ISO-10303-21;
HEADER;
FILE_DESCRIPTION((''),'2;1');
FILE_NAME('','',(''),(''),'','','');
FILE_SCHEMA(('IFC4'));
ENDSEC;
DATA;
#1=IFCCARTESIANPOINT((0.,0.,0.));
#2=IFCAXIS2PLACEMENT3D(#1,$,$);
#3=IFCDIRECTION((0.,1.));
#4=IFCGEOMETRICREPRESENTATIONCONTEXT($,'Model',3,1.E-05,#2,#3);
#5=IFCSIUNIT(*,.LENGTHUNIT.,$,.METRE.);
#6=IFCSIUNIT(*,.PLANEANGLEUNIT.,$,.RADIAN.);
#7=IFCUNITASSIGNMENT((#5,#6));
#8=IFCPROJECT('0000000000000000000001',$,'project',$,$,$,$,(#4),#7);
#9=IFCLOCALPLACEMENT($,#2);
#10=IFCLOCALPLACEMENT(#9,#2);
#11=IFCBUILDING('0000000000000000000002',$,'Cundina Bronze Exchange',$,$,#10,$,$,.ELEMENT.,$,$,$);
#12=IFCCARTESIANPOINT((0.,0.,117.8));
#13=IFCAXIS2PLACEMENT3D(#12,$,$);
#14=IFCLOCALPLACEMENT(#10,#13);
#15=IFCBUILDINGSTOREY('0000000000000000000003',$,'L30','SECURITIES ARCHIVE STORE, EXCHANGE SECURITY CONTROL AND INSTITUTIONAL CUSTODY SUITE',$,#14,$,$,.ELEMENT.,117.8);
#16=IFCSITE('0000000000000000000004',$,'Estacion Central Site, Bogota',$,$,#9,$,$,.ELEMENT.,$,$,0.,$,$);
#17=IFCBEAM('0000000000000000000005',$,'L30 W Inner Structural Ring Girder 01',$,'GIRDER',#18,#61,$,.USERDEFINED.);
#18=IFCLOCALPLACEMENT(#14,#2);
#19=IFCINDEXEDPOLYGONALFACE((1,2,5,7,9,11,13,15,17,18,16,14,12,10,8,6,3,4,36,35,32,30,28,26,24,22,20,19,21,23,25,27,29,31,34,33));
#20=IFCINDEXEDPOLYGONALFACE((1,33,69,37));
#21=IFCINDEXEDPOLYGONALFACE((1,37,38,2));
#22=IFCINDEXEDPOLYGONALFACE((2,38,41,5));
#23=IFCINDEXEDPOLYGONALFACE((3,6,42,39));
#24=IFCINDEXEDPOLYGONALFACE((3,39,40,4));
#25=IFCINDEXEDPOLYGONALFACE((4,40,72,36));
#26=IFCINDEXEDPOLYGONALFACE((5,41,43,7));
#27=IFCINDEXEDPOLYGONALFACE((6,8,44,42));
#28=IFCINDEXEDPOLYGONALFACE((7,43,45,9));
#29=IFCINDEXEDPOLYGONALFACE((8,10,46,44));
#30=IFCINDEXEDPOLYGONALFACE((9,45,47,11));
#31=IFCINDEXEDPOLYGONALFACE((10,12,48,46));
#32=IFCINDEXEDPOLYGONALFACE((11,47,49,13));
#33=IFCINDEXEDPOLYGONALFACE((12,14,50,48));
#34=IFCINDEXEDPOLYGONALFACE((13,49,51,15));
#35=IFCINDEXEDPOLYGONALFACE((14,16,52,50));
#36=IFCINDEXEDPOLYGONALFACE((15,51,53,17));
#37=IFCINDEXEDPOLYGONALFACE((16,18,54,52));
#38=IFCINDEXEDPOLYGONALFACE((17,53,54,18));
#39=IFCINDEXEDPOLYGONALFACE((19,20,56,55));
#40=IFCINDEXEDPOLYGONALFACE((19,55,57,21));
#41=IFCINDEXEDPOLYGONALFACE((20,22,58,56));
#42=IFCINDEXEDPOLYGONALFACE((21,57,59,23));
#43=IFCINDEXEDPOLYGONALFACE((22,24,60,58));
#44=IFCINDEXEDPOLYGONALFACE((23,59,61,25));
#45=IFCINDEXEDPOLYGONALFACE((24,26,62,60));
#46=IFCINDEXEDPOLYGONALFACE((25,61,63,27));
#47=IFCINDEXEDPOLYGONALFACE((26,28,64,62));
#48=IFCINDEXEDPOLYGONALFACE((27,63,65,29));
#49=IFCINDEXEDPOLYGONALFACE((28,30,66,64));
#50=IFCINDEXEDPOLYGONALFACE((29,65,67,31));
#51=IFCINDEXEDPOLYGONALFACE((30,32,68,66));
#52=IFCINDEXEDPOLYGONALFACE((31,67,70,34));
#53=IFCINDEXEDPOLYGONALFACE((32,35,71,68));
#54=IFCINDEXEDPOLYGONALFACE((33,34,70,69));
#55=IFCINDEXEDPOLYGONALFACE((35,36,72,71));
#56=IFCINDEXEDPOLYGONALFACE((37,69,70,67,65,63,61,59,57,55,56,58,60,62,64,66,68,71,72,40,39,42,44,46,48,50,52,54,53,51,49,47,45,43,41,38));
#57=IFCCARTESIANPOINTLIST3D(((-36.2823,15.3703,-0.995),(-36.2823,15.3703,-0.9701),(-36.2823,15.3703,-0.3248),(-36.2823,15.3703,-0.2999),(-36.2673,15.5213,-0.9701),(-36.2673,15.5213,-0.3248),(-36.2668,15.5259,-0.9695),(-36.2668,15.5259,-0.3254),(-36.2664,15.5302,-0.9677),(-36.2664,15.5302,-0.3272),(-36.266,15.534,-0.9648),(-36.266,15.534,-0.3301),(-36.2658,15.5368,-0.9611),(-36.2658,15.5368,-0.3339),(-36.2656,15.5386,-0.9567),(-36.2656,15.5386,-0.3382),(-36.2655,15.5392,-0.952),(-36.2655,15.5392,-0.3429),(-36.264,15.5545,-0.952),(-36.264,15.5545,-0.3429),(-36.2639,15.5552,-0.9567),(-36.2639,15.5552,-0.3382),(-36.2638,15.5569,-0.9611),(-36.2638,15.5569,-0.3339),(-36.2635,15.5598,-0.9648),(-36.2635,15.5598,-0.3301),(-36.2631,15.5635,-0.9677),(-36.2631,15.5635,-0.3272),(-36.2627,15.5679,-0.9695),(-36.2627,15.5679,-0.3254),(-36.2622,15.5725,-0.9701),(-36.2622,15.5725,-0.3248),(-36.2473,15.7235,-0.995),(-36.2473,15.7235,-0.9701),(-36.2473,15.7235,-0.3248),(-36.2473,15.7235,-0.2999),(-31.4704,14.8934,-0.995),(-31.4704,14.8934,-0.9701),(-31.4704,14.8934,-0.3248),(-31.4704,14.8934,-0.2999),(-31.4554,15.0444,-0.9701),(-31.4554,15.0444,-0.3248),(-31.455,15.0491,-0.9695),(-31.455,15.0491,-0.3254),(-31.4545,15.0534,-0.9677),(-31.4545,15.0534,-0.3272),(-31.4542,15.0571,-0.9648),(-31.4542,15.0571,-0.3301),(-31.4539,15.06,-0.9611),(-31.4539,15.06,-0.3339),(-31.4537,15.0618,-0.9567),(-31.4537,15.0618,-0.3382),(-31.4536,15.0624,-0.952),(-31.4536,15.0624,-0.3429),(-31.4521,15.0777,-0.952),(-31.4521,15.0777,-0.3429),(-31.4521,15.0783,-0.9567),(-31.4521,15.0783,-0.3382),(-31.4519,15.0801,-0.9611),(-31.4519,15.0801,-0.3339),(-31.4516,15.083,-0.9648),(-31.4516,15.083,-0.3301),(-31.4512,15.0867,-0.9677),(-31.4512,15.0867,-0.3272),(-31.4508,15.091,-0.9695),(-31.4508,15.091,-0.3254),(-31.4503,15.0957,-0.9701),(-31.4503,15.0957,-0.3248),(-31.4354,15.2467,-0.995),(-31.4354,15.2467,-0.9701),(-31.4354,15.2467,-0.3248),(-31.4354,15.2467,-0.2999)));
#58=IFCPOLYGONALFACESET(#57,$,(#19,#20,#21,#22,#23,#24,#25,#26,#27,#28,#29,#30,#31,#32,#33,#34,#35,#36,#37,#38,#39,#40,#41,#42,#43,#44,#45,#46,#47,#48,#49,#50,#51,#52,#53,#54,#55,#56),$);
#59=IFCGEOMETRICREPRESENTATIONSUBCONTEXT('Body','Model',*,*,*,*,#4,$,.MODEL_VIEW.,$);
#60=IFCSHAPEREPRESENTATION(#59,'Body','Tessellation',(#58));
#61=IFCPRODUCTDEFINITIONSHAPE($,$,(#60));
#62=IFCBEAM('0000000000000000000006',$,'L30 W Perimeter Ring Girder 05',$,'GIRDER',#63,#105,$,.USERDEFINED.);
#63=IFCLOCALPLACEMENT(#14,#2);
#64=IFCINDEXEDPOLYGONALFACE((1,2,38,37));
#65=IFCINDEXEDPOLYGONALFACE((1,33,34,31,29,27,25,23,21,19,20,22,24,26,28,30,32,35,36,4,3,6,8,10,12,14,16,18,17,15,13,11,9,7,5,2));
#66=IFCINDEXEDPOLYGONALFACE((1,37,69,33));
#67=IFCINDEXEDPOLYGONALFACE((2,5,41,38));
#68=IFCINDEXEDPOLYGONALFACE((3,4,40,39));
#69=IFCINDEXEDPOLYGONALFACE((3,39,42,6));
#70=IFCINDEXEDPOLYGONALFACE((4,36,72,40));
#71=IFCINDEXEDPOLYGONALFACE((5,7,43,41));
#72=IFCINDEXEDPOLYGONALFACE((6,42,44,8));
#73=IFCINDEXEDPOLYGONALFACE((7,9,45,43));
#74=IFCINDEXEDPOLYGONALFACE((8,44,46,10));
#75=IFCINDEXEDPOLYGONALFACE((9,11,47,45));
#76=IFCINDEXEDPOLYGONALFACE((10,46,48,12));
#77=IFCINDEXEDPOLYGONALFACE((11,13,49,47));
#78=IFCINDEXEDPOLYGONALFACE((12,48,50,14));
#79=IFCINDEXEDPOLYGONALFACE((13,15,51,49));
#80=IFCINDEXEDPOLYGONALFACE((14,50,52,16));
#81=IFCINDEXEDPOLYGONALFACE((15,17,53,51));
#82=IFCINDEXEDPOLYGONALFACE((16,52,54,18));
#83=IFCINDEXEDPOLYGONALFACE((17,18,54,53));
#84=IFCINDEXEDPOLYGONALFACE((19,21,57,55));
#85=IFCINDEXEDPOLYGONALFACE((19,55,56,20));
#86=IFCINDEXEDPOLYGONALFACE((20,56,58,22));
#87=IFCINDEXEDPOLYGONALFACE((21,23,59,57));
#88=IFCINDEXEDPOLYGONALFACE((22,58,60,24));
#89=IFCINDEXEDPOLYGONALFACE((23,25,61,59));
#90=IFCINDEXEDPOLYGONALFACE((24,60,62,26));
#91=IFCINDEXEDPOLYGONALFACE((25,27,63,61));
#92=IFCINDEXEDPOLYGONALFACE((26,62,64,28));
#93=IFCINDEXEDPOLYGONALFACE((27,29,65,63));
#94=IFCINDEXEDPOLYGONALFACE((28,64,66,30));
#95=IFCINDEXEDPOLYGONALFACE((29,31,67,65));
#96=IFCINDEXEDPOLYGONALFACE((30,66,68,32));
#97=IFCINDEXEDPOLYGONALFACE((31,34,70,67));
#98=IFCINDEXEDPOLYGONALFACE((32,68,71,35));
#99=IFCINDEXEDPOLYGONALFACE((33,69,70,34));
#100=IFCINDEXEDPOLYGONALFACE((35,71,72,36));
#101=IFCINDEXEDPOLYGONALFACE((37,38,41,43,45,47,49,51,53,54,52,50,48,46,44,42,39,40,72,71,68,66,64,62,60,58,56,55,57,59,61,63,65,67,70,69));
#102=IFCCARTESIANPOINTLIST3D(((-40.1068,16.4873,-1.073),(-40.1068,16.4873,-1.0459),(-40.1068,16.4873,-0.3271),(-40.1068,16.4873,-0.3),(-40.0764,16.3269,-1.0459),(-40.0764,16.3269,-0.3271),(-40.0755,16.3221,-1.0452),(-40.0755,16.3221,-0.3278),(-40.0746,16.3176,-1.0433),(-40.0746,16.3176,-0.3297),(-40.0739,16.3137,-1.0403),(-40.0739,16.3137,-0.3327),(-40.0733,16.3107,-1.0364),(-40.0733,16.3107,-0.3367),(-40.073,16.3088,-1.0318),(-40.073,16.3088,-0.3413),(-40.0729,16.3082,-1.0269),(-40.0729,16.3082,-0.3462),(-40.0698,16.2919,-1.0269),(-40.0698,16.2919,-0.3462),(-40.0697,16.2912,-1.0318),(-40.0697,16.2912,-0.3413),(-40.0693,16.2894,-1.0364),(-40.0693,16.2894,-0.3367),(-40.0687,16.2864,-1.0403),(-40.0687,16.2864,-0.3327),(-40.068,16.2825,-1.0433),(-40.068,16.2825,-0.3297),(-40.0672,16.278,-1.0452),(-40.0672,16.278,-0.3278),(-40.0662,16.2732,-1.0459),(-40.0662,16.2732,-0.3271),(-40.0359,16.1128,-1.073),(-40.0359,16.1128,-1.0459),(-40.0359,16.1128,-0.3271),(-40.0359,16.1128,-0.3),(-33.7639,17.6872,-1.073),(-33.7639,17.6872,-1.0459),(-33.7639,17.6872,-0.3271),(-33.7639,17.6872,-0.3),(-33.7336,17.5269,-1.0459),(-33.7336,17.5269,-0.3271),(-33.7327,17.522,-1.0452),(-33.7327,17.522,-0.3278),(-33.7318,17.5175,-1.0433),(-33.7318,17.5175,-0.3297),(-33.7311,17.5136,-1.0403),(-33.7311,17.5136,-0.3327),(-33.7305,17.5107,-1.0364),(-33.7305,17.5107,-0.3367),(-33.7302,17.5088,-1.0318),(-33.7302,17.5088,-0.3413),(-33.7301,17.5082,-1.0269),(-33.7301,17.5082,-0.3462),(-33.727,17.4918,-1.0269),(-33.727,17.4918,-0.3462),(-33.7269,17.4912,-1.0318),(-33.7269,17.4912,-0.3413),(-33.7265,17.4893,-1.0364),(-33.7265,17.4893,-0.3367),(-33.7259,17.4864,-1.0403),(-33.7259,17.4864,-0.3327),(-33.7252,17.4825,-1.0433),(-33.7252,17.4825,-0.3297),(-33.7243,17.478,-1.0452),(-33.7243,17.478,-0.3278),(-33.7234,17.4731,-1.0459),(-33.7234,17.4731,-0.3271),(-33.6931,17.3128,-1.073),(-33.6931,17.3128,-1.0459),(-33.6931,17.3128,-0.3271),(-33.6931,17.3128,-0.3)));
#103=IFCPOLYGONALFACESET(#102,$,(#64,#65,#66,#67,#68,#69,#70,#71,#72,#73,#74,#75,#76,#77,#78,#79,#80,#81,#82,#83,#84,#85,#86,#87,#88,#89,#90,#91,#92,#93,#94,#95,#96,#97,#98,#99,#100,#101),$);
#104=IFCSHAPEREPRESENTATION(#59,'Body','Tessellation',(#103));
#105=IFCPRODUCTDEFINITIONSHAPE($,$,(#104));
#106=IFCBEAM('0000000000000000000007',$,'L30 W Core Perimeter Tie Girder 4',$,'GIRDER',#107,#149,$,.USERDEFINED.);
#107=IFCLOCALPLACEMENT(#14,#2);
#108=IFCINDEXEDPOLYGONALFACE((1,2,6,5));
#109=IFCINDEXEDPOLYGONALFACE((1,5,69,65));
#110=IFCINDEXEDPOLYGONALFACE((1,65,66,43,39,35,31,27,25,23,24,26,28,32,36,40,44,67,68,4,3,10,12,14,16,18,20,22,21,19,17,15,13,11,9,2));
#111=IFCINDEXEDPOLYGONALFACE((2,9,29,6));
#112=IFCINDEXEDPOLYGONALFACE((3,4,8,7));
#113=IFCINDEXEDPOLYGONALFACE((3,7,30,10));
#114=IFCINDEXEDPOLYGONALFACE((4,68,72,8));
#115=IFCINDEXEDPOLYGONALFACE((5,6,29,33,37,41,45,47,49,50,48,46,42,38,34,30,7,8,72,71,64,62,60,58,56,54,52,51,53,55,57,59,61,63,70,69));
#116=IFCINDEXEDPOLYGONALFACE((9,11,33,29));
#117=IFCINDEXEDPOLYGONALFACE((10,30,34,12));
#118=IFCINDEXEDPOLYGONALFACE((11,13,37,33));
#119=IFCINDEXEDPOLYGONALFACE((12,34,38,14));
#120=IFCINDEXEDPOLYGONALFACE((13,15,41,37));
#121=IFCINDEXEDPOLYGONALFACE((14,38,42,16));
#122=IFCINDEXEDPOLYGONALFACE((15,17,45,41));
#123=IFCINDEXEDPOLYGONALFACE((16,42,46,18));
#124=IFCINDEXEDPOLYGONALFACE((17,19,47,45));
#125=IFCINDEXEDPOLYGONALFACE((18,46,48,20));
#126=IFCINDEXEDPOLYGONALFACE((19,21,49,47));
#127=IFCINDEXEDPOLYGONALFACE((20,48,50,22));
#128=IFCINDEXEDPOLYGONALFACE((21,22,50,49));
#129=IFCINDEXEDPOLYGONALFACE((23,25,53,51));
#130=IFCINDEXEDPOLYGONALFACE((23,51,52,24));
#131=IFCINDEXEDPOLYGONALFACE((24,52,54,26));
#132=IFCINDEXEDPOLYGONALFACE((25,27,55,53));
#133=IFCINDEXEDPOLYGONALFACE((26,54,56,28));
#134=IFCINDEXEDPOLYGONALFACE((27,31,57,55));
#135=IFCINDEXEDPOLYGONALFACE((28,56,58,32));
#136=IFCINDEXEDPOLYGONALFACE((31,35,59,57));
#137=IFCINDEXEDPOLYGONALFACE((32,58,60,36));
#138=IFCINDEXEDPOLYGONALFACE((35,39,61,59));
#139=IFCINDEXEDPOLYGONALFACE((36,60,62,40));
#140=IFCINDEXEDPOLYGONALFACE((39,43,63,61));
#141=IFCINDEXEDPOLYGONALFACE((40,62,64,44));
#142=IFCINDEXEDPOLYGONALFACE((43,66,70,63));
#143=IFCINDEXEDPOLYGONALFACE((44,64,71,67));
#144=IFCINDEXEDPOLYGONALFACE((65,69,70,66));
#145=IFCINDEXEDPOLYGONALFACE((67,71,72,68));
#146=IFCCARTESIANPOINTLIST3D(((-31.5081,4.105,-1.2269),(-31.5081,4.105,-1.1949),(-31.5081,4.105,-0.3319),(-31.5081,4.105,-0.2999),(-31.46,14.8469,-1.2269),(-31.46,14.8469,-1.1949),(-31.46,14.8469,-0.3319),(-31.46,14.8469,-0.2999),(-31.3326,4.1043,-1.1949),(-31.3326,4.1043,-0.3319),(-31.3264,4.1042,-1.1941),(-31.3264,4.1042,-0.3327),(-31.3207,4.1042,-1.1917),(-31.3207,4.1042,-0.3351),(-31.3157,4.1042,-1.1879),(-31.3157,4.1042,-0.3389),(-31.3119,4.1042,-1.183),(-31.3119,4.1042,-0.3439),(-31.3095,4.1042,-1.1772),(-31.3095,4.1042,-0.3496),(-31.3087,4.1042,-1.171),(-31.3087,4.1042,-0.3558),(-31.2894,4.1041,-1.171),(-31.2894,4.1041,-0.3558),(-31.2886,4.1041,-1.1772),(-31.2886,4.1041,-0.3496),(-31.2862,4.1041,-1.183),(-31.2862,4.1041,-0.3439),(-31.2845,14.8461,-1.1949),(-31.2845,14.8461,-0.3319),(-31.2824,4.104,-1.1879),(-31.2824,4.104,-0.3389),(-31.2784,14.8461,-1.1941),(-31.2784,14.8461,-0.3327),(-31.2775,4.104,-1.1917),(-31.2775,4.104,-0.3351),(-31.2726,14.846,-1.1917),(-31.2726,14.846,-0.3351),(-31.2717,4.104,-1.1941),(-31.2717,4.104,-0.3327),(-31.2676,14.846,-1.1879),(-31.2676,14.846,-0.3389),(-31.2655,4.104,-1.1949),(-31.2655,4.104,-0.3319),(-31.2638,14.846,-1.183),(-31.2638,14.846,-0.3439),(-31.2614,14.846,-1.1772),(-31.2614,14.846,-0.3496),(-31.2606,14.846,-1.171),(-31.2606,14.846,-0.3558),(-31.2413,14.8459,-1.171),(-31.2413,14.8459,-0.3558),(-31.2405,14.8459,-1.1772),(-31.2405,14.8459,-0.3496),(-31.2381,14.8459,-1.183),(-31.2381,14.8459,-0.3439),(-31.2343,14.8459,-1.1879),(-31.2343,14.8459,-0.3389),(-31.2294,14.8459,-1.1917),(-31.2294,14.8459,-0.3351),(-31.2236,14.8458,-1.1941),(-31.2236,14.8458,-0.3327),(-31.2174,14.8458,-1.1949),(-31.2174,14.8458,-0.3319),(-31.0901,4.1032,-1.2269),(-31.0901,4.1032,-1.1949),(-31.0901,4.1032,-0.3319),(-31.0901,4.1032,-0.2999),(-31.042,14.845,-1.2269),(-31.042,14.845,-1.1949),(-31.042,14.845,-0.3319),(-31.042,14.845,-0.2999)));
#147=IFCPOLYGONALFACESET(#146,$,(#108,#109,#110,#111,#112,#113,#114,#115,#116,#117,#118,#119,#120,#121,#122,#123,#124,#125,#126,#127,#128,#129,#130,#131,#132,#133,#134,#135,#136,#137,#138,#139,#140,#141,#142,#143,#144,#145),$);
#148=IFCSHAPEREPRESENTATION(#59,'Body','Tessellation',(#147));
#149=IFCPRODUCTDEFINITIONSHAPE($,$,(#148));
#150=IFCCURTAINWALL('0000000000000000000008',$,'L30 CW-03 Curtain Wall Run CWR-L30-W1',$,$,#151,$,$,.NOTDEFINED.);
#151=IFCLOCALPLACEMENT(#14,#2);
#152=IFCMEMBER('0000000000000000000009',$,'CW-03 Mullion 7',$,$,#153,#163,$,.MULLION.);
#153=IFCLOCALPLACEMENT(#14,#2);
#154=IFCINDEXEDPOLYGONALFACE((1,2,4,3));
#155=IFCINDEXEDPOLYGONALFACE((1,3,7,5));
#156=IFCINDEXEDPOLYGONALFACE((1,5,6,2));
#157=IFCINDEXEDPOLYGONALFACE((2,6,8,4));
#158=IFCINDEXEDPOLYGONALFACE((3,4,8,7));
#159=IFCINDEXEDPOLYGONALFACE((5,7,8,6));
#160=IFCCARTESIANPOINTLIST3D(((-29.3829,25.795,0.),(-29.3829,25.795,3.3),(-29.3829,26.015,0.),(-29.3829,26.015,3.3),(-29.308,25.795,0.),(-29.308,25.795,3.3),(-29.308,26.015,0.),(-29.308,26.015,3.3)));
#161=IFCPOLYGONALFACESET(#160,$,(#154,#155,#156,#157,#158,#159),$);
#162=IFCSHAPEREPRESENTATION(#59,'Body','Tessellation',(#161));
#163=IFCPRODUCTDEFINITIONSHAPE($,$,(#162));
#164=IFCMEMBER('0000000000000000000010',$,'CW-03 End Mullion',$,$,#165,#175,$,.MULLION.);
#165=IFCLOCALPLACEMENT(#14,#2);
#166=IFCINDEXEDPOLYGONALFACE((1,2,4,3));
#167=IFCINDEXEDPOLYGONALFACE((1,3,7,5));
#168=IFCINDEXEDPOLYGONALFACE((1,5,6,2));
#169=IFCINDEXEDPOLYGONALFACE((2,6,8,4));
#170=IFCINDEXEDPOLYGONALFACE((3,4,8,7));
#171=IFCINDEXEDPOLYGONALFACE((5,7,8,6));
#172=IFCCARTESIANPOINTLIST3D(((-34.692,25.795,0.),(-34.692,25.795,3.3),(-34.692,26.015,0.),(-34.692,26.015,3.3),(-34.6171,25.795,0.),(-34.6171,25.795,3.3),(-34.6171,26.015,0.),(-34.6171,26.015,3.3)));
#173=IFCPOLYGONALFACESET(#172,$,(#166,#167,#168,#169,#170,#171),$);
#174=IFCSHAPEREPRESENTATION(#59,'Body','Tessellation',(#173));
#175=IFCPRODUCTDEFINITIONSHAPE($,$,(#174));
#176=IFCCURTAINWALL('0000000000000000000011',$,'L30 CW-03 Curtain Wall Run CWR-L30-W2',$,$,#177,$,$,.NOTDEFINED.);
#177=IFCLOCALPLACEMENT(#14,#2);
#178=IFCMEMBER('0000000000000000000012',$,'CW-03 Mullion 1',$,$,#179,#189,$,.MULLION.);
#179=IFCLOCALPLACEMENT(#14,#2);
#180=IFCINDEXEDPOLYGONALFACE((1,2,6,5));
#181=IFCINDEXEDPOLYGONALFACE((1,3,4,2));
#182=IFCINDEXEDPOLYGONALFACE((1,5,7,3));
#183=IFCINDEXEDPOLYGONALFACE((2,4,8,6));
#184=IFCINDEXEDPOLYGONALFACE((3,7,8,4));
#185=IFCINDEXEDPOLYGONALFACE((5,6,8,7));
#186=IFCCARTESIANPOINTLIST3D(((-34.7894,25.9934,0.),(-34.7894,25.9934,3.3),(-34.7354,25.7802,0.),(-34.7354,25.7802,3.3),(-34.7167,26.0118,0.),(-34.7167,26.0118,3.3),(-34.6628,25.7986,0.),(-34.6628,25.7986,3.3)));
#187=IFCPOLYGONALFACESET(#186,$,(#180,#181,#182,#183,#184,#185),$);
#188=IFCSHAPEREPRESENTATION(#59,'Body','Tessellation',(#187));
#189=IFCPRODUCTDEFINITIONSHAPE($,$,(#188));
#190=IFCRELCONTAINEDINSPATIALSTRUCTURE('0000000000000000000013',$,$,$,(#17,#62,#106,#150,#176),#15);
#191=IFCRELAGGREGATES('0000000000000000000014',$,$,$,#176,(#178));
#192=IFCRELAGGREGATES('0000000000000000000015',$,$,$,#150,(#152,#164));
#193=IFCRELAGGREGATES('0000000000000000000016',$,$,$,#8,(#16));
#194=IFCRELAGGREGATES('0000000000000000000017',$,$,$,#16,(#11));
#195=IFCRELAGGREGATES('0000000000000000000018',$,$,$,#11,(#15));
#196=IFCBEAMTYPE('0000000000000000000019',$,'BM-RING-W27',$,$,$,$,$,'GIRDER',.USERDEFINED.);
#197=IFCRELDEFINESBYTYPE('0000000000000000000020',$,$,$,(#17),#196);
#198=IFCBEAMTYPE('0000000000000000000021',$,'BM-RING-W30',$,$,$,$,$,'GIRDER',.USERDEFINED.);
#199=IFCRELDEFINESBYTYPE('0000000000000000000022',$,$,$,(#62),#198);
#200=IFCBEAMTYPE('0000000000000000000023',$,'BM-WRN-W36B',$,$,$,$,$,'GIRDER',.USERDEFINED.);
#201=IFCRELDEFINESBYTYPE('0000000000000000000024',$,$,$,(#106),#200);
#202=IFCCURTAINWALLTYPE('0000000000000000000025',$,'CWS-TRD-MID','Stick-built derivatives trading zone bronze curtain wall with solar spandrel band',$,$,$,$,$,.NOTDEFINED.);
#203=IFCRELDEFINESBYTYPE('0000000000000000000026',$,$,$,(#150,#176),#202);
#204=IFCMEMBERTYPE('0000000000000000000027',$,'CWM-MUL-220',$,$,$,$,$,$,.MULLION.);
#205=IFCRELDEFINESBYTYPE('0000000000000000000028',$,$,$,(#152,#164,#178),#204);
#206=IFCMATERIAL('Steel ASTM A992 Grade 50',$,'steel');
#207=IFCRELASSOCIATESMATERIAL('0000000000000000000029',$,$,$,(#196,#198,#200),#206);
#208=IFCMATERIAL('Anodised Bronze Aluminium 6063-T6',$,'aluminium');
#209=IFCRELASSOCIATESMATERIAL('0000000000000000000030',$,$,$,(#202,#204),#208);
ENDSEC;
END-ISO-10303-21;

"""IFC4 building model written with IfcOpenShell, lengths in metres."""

from ifc_helpers import new_model, si_unit, direction, frame, origin, origin_2d, place, context, subcontext, project, spatial, rectangle, i_section, extrude, material, material_profile, profile_set, type_object, element, aggregate, save


model = new_model("IFC4")

# Units and contexts
model_context = context("Model", 3, precision=1e-05, world=origin(), true_north=direction((0.0, 1.0)))
body_context = subcontext(model_context, "Body", "Model", "MODEL_VIEW")
ifc_project = project(units=[si_unit("LENGTHUNIT", "METRE"), si_unit("PLANEANGLEUNIT", "RADIAN")], contexts=[model_context])

# Site, building, storey
site_placement = place(None, origin())
site = spatial("IfcSite", under=ifc_project, at=site_placement, Name="Estacion Central Site, Bogota", CompositionType="ELEMENT", RefElevation=0.0)
building_placement = place(site_placement, origin())
building = spatial("IfcBuilding", under=site, at=building_placement, Name="Cundina Bronze Exchange", CompositionType="ELEMENT")
storey_placement = place(building_placement, frame((0.0, 0.0, 117.8)))
storey = spatial("IfcBuildingStorey", under=building, at=storey_placement, Name="L30", Description="SECURITIES ARCHIVE STORE, EXCHANGE SECURITY CONTROL AND INSTITUTIONAL CUSTODY SUITE", CompositionType="ELEMENT", Elevation=117.8)

# Shared definitions
ifc_material_1 = material(Name="Steel ASTM A992 Grade 50", Category="steel")

# Beams
ifc_material_profile_1 = material_profile(ifc_material_1, i_section(OverallWidth=0.355, OverallDepth=0.6951, WebThickness=0.0154, FlangeThickness=0.0249, FilletRadius=0.0181, at=origin_2d()), Name="W27X146", Category="steel")
ifc_profile_set_1 = profile_set([ifc_material_profile_1], Name="Steel ASTM A992 Grade 50")
beam_type_1 = type_object("IfcBeamType", Name="BM-RING-W27", ElementType="GIRDER", PredefinedType="USERDEFINED", material=ifc_profile_set_1)
beam_1_placement = place(storey_placement, frame((-31.4529, 15.0701, -0.6475), z_axis=(-0.995126, 0.098609, 0.0), x_axis=(-0.098609, -0.995126, 0.0)))
element("IfcBeam", 1, at=beam_1_placement, inside=storey, type_object=beam_type_1, Name="L30 W Inner Structural Ring Girder 01", ObjectType="GIRDER", PredefinedType="USERDEFINED", context=body_context, shape_type="SweptSolid", body=[
    extrude(i_section(OverallWidth=0.355, OverallDepth=0.6951, WebThickness=0.0154, FlangeThickness=0.0249, FilletRadius=0.0181, at=origin_2d()), origin(), (0.0, 0.0, 1.0), 4.8354),
])
ifc_material_profile_2 = material_profile(ifc_material_1, i_section(OverallWidth=0.3811, OverallDepth=0.7729, WebThickness=0.0166, FlangeThickness=0.0271, FilletRadius=0.019, at=origin_2d()), Name="W30X173", Category="steel")
ifc_profile_set_2 = profile_set([ifc_material_profile_2], Name="Steel ASTM A992 Grade 50")
beam_type_2 = type_object("IfcBeamType", Name="BM-RING-W30", ElementType="GIRDER", PredefinedType="USERDEFINED", material=ifc_profile_set_2)
beam_2_placement = place(storey_placement, frame((-33.7285, 17.5, -0.6865), z_axis=(-0.982571, -0.185887, 0.0), x_axis=(0.185887, -0.982571, 0.0)))
element("IfcBeam", 2, at=beam_2_placement, inside=storey, type_object=beam_type_2, Name="L30 W Perimeter Ring Girder 05", ObjectType="GIRDER", PredefinedType="USERDEFINED", context=body_context, shape_type="SweptSolid", body=[
    extrude(i_section(OverallWidth=0.3811, OverallDepth=0.7729, WebThickness=0.0166, FlangeThickness=0.0271, FilletRadius=0.019, at=origin_2d()), origin(), (0.0, 0.0, 1.0), 6.4553),
])
ifc_material_profile_3 = material_profile(ifc_material_1, i_section(OverallWidth=0.418, OverallDepth=0.927, WebThickness=0.0193, FlangeThickness=0.032, FilletRadius=0.0239, at=origin_2d()), Name="W36X231", Category="steel")
ifc_profile_set_3 = profile_set([ifc_material_profile_3], Name="Steel ASTM A992 Grade 50")
beam_type_3 = type_object("IfcBeamType", Name="BM-WRN-W36B", ElementType="GIRDER", PredefinedType="USERDEFINED", material=ifc_profile_set_3)
beam_3_placement = place(storey_placement, frame((-31.251, 14.8459, -0.7634), z_axis=(-0.004477, -0.99999, 0.0), x_axis=(0.99999, -0.004477, 0.0)))
element("IfcBeam", 3, at=beam_3_placement, inside=storey, type_object=beam_type_3, Name="L30 W Core Perimeter Tie Girder 4", ObjectType="GIRDER", PredefinedType="USERDEFINED", context=body_context, shape_type="SweptSolid", body=[
    extrude(i_section(OverallWidth=0.418, OverallDepth=0.927, WebThickness=0.0193, FlangeThickness=0.032, FilletRadius=0.0239, at=origin_2d()), origin(), (0.0, 0.0, 1.0), 10.7419),
])

# Curtain wall, members
ifc_material_2 = material(Name="Anodised Bronze Aluminium 6063-T6", Category="aluminium")
curtain_wall_type = type_object("IfcCurtainWallType", Name="CWS-TRD-MID", Description="Stick-built derivatives trading zone bronze curtain wall with solar spandrel band", PredefinedType="NOTDEFINED", material=ifc_material_2)
curtain_wall_1_placement = place(storey_placement, origin())
curtain_wall_1 = element("IfcCurtainWall", 4, at=curtain_wall_1_placement, inside=storey, type_object=curtain_wall_type, Name="L30 CW-03 Curtain Wall Run CWR-L30-W1", PredefinedType="NOTDEFINED")
ifc_material_profile_4 = material_profile(ifc_material_2, rectangle(XDim=0.075, YDim=0.22, at=origin_2d()), Name="AL75X220", Category="aluminium")
ifc_profile_set_4 = profile_set([ifc_material_profile_4], Name="Anodised Bronze Aluminium 6063-T6")
member_type_1 = type_object("IfcMemberType", Name="CWM-MUL-220", PredefinedType="MULLION", material=ifc_profile_set_4)
member_1_placement = place(storey_placement, frame((-29.3455, 25.905, 0.0), z_axis=(0.0, 0.0, 1.0), x_axis=(-1.0, 0.0, 0.0)))
member_1 = element("IfcMember", 5, at=member_1_placement, type_object=member_type_1, Name="CW-03 Mullion 7", PredefinedType="MULLION", context=body_context, shape_type="SweptSolid", body=[
    extrude(rectangle(XDim=0.075, YDim=0.22, at=origin_2d()), origin(), (0.0, 0.0, 1.0), 3.3),
])
member_2_placement = place(storey_placement, frame((-34.6545, 25.905, 0.0), z_axis=(0.0, 0.0, 1.0), x_axis=(-1.0, 0.0, 0.0)))
member_2 = element("IfcMember", 6, at=member_2_placement, type_object=member_type_1, Name="CW-03 End Mullion", PredefinedType="MULLION", context=body_context, shape_type="SweptSolid", body=[
    extrude(rectangle(XDim=0.075, YDim=0.22, at=origin_2d()), origin(), (0.0, 0.0, 1.0), 3.3),
])

# Curtain wall, member
curtain_wall_2_placement = place(storey_placement, origin())
curtain_wall_2 = element("IfcCurtainWall", 7, at=curtain_wall_2_placement, inside=storey, type_object=curtain_wall_type, Name="L30 CW-03 Curtain Wall Run CWR-L30-W2", PredefinedType="NOTDEFINED")
member_3_placement = place(storey_placement, frame((-34.7261, 25.896, 0.0), z_axis=(0.0, 0.0, 1.0), x_axis=(-0.969488, -0.245138, 0.0)))
member_3 = element("IfcMember", 8, at=member_3_placement, type_object=member_type_1, Name="CW-03 Mullion 1", PredefinedType="MULLION", context=body_context, shape_type="SweptSolid", body=[
    extrude(rectangle(XDim=0.075, YDim=0.22, at=origin_2d()), origin(), (0.0, 0.0, 1.0), 3.3),
])

aggregate(curtain_wall_2, [member_3])

aggregate(curtain_wall_1, [member_1, member_2])

save(model, "model.ifc")
